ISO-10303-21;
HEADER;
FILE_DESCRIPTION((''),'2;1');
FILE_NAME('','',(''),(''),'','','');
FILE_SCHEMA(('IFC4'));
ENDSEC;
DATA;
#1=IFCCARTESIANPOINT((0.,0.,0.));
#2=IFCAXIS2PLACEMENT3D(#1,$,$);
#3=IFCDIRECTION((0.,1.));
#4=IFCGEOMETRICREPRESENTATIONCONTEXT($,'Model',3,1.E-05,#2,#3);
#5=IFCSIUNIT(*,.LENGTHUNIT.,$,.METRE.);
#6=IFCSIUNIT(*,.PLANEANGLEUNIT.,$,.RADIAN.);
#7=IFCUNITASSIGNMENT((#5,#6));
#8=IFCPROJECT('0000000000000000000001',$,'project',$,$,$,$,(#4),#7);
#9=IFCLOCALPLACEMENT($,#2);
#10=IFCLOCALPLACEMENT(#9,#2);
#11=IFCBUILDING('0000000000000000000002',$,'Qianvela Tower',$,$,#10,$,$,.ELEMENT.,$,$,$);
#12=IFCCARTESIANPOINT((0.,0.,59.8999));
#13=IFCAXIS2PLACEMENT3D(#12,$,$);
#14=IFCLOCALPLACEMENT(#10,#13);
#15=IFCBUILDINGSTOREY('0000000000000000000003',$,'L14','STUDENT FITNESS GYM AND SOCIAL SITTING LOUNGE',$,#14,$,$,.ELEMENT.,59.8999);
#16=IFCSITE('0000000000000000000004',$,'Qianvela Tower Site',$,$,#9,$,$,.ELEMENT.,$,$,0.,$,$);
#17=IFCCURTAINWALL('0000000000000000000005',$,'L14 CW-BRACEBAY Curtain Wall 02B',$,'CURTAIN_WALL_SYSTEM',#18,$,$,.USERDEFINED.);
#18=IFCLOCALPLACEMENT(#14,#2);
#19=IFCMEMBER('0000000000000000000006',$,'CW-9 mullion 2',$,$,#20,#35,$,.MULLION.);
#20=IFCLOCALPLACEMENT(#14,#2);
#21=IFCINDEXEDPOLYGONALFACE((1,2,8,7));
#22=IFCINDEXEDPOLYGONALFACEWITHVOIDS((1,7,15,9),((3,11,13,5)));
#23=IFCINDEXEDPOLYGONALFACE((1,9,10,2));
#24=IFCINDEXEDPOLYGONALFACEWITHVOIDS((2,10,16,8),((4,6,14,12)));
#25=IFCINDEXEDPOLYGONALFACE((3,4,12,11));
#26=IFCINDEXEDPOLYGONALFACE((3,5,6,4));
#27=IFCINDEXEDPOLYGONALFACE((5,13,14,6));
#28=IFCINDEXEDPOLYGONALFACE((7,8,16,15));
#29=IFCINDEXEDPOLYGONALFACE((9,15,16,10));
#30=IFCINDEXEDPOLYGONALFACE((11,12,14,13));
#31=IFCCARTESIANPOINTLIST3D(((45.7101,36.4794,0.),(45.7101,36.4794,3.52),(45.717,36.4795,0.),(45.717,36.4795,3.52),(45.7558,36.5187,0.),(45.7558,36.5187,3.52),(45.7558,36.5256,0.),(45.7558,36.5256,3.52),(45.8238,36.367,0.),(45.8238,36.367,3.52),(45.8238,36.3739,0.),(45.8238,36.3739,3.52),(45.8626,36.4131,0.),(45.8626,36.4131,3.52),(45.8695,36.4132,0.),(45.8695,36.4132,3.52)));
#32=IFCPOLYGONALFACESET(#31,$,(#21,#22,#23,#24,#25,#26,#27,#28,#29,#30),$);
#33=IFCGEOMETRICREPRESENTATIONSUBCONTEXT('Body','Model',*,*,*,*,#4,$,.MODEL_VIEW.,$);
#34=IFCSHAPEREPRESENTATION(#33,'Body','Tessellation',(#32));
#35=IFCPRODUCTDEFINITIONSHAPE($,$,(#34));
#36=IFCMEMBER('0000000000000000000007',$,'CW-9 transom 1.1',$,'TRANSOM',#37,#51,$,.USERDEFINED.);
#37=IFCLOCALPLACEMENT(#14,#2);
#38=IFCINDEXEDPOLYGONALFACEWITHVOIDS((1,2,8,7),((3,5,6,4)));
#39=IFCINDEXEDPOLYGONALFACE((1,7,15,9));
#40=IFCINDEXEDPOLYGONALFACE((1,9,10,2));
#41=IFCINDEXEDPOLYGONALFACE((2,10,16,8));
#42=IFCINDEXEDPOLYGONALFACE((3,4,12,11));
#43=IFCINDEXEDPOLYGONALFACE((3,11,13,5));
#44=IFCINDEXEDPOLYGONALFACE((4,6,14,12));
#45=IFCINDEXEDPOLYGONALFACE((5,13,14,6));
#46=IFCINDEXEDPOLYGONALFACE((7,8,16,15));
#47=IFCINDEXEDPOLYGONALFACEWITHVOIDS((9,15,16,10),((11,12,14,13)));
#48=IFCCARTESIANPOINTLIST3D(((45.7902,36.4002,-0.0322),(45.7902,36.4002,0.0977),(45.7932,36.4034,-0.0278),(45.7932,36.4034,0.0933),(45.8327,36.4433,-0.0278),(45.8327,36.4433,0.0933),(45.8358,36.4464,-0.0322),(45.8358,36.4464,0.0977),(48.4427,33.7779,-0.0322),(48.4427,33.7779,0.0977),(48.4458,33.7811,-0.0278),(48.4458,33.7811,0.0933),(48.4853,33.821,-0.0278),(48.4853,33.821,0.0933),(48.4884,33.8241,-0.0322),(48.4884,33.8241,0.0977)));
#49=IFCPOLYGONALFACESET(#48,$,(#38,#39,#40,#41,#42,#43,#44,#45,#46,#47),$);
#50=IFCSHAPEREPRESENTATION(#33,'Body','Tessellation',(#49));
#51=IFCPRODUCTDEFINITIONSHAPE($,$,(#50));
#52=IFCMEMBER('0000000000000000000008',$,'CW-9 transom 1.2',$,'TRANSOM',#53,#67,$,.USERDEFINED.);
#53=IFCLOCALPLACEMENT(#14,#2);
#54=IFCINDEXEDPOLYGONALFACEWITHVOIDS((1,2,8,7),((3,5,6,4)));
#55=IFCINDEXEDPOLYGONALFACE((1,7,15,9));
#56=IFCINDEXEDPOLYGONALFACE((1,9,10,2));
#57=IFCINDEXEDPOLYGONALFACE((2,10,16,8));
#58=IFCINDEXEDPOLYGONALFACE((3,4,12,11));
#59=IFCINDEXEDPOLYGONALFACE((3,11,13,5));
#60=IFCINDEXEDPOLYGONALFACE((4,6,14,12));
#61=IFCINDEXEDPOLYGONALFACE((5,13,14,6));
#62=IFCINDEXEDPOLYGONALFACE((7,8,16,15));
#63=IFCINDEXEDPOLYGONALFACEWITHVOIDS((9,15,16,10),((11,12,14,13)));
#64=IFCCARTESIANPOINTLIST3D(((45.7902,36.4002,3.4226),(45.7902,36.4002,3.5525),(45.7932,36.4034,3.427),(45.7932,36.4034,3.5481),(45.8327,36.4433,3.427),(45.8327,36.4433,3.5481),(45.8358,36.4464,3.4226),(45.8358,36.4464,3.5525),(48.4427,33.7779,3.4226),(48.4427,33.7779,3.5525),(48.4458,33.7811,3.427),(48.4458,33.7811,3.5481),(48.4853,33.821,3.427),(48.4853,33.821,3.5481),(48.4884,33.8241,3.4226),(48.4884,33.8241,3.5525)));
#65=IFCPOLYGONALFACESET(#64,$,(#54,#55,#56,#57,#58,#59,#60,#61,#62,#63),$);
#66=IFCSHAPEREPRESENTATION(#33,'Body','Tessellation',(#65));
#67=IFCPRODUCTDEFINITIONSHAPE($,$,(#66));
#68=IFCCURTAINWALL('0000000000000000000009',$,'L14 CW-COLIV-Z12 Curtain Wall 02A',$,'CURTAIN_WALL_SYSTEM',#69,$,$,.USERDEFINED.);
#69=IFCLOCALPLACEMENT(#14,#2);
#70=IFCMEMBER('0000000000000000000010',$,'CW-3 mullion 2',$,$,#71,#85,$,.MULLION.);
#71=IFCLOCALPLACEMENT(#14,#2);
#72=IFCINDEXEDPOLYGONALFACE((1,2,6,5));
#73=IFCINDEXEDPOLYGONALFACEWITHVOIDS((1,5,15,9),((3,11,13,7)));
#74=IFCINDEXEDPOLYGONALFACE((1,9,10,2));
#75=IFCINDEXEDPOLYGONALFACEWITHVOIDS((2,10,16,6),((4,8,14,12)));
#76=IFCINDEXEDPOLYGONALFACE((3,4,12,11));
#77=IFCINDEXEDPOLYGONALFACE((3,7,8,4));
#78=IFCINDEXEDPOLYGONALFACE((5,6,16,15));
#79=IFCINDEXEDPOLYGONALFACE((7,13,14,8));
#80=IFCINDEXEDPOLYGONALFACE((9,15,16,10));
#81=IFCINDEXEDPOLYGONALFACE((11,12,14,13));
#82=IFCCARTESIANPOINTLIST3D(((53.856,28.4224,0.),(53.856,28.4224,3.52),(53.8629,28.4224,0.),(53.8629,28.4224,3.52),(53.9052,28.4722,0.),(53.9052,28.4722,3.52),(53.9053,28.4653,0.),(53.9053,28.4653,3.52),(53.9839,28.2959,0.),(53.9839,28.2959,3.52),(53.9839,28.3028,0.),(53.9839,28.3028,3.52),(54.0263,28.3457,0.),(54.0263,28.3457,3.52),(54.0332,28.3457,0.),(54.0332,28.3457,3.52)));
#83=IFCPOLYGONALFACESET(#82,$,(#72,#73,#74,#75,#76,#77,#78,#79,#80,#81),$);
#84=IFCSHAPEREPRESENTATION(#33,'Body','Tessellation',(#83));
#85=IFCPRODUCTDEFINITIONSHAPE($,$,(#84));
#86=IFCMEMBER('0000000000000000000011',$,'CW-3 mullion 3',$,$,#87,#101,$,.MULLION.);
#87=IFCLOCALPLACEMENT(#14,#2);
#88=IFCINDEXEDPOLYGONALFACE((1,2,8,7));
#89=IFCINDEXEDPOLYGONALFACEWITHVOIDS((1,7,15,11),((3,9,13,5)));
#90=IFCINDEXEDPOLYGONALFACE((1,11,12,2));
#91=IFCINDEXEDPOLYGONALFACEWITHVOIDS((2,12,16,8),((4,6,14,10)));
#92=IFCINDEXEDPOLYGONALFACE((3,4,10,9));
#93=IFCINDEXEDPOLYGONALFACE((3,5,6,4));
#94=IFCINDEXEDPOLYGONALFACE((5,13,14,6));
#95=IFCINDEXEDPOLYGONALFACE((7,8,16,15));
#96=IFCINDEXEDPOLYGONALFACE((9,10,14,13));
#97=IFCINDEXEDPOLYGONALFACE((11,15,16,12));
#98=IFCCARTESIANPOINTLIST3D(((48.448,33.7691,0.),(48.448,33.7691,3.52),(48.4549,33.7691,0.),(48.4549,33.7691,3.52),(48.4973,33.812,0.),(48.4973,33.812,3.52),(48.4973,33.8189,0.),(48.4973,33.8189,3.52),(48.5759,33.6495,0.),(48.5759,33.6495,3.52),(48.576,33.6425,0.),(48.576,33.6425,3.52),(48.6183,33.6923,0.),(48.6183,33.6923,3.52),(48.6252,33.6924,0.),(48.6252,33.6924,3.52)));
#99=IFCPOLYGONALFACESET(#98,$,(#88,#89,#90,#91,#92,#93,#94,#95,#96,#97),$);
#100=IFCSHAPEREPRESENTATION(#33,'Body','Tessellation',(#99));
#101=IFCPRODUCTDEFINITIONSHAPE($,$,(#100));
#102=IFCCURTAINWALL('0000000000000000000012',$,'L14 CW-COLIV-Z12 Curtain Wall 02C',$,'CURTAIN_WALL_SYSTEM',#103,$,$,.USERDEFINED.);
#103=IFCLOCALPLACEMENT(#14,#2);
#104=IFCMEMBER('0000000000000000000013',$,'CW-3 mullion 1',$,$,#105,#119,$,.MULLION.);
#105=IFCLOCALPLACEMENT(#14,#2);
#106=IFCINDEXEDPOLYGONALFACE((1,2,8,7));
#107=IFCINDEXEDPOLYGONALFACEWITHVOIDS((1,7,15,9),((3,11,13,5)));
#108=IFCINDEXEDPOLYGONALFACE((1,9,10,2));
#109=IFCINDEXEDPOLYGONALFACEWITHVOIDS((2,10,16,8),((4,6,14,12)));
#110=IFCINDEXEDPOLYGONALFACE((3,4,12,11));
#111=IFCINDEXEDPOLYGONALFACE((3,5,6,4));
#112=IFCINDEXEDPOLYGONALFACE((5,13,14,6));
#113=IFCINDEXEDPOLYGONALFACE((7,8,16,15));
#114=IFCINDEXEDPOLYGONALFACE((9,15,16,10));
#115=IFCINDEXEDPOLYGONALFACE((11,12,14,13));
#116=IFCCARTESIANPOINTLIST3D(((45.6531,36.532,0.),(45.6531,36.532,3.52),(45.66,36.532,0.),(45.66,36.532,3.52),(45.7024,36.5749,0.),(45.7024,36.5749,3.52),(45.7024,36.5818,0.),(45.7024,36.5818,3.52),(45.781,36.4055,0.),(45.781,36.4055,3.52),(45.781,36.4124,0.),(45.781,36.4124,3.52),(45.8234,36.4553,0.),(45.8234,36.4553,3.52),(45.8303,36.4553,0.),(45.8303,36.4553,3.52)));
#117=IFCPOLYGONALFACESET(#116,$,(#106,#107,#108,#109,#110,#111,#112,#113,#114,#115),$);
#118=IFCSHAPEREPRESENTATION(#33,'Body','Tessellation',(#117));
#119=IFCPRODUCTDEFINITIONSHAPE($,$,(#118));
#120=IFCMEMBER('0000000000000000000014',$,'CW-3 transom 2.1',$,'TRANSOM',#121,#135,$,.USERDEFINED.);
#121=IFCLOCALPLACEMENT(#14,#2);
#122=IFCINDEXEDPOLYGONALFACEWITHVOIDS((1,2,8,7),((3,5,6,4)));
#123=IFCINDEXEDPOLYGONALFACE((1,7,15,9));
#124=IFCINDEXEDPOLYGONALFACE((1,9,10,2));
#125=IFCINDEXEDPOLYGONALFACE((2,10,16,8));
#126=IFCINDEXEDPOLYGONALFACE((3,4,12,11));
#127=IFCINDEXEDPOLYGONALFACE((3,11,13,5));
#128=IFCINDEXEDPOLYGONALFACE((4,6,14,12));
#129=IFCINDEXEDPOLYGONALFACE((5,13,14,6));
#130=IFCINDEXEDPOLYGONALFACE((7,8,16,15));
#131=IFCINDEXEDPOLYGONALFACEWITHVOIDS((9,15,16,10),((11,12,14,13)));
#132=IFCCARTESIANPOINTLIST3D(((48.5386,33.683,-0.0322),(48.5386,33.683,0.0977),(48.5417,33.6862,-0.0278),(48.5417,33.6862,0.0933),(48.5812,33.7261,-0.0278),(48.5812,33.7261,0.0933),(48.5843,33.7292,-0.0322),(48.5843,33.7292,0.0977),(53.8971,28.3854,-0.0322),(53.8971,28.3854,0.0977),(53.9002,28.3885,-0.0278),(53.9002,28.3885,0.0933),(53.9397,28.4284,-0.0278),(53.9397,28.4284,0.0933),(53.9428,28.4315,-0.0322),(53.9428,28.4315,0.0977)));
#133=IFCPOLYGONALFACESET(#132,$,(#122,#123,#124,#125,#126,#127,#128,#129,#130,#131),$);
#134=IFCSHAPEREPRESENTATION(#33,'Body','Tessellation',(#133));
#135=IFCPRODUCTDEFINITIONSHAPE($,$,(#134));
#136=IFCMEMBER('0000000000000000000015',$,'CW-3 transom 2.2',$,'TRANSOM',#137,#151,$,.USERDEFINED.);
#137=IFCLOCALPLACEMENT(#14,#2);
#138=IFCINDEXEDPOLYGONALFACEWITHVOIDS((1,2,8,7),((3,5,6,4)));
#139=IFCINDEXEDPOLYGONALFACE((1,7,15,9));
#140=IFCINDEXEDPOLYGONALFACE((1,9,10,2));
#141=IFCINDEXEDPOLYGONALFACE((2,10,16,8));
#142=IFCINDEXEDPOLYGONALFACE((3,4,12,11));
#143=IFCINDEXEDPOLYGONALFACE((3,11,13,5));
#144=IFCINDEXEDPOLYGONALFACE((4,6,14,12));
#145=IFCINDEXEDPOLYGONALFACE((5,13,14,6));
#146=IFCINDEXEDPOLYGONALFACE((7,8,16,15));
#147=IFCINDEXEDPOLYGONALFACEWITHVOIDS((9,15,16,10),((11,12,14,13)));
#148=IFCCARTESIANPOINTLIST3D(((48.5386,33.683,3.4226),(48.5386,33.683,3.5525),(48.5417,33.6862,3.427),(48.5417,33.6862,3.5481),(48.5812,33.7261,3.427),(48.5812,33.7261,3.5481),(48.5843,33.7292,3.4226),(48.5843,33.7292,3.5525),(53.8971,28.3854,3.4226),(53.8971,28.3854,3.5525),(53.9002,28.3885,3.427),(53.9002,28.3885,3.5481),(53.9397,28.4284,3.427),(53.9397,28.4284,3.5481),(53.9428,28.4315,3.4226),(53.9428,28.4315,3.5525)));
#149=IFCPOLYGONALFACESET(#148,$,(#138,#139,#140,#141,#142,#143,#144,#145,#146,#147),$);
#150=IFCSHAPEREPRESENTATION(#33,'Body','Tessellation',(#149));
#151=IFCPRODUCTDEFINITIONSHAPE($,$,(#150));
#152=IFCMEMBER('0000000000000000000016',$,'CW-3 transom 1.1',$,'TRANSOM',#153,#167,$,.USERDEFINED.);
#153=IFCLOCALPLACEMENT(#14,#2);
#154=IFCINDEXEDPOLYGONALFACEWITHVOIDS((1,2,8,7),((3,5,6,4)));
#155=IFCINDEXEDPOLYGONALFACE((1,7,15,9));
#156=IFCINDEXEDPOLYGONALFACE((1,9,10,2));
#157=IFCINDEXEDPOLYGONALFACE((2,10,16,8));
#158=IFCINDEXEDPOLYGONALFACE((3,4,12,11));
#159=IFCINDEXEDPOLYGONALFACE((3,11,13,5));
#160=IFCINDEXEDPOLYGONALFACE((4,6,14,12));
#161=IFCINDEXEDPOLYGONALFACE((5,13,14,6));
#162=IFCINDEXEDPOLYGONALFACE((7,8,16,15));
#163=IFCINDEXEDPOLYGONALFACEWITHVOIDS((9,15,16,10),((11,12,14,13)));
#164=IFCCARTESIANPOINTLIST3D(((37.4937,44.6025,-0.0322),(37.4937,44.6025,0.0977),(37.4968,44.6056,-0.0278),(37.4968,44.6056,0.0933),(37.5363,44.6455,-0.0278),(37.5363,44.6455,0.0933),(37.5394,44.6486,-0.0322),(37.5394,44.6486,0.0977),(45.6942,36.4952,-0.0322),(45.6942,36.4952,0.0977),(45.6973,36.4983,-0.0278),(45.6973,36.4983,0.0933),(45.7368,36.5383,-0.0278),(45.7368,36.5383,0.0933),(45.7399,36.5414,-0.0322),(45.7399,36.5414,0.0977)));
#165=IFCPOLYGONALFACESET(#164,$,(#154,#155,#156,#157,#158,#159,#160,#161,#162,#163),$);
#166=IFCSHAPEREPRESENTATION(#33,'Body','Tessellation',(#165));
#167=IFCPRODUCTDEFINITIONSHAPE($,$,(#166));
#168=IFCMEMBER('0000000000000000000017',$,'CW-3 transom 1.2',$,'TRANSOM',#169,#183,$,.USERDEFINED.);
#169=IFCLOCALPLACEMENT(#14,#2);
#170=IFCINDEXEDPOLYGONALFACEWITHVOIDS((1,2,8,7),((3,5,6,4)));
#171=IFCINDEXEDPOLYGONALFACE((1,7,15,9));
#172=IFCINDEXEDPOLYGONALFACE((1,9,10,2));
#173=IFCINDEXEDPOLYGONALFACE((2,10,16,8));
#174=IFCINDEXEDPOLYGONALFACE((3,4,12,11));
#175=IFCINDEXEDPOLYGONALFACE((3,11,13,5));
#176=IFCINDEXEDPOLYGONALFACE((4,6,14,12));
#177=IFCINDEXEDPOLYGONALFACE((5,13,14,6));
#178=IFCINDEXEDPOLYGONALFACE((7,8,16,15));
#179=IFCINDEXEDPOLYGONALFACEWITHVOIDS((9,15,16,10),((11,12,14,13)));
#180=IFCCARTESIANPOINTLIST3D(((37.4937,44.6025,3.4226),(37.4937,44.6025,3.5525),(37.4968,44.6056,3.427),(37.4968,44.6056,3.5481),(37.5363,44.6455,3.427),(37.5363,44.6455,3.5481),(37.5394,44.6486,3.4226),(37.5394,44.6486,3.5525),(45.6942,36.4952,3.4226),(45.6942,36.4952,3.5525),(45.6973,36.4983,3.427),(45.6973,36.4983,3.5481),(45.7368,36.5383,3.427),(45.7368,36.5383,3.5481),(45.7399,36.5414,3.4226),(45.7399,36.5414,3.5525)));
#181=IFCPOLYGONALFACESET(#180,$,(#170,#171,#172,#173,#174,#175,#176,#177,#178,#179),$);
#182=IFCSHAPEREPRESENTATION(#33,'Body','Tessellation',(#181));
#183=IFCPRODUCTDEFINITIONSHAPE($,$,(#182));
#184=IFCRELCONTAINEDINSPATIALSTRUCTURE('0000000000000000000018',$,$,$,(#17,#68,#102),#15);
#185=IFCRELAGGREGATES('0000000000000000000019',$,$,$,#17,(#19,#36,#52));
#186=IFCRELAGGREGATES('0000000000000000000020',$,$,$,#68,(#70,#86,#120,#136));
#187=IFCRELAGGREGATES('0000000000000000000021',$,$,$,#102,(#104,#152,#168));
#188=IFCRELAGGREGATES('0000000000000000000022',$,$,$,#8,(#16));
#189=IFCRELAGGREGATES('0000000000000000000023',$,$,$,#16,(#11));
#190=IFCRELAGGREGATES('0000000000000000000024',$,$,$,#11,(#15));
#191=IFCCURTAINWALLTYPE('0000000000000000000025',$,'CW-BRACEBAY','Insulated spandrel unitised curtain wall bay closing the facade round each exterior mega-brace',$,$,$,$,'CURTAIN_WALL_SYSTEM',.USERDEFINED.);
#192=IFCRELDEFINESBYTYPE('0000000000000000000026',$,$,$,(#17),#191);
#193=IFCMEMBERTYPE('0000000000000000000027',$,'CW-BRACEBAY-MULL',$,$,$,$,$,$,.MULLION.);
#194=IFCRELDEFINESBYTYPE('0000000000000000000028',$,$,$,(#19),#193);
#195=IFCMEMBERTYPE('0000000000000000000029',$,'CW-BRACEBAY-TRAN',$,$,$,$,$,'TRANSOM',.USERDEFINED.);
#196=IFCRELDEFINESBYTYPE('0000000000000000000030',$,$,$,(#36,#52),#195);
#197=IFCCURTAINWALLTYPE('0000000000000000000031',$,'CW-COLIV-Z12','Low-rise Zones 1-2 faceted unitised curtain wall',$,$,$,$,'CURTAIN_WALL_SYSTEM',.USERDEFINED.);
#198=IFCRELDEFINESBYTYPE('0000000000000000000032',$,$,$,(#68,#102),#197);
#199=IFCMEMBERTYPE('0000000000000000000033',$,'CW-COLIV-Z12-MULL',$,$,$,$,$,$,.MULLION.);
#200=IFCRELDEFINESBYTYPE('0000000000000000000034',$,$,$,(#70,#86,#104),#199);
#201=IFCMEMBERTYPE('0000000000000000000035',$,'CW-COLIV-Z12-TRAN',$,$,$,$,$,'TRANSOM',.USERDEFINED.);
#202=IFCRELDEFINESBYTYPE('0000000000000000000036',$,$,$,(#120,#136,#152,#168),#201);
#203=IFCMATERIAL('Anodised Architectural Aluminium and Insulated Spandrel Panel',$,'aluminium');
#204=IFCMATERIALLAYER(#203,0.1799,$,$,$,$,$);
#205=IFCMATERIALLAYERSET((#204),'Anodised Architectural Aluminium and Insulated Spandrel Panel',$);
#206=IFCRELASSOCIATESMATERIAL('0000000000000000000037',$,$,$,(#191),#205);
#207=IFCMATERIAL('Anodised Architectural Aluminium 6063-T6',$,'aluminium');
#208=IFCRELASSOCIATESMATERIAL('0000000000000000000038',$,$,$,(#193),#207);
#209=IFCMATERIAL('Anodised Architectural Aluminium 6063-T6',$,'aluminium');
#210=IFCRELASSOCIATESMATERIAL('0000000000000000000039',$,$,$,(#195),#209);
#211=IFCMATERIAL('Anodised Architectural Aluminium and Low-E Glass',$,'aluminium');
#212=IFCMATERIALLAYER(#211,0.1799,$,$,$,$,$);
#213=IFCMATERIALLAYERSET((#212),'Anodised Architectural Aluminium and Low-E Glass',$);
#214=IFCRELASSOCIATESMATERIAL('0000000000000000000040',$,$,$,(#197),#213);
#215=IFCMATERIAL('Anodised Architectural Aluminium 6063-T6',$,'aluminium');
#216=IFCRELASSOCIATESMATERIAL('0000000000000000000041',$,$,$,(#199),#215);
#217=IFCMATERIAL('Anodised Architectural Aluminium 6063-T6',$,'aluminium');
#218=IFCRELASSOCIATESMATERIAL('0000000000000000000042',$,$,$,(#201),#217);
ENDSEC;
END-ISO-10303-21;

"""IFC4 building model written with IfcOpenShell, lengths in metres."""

from ifc_helpers import new_model, si_unit, direction, frame, origin, origin_2d, place, context, subcontext, project, spatial, hollow_rectangle, extrude, material, layer, layer_set, material_profile, profile_set, type_object, element, aggregate, save


model = new_model("IFC4")

# Units and contexts
model_context = context("Model", 3, precision=1e-05, world=origin(), true_north=direction((0.0, 1.0)))
body_context = subcontext(model_context, "Body", "Model", "MODEL_VIEW")
ifc_project = project(units=[si_unit("LENGTHUNIT", "METRE"), si_unit("PLANEANGLEUNIT", "RADIAN")], contexts=[model_context])

# Site, building, storey
site_placement = place(None, origin())
site = spatial("IfcSite", under=ifc_project, at=site_placement, Name="Qianvela Tower Site", CompositionType="ELEMENT", RefElevation=0.0)
building_placement = place(site_placement, origin())
building = spatial("IfcBuilding", under=site, at=building_placement, Name="Qianvela Tower", CompositionType="ELEMENT")
storey_placement = place(building_placement, frame((0.0, 0.0, 59.8999)))
storey = spatial("IfcBuildingStorey", under=building, at=storey_placement, Name="L14", Description="STUDENT FITNESS GYM AND SOCIAL SITTING LOUNGE", CompositionType="ELEMENT", Elevation=59.8999)

# Curtain walls, members
ifc_material_1 = material(Name="Anodised Architectural Aluminium and Insulated Spandrel Panel", Category="aluminium")
ifc_layer_1 = layer(ifc_material_1, 0.1799)
ifc_layer_set_1 = layer_set([ifc_layer_1], Name="Anodised Architectural Aluminium and Insulated Spandrel Panel")
curtain_wall_type_1 = type_object("IfcCurtainWallType", Name="CW-BRACEBAY", Description="Insulated spandrel unitised curtain wall bay closing the facade round each exterior mega-brace", ElementType="CURTAIN_WALL_SYSTEM", PredefinedType="USERDEFINED", material=ifc_layer_set_1)
curtain_wall_1_placement = place(storey_placement, origin())
curtain_wall_1 = element("IfcCurtainWall", 1, at=curtain_wall_1_placement, inside=storey, type_object=curtain_wall_type_1, Name="L14 CW-BRACEBAY Curtain Wall 02B", ObjectType="CURTAIN_WALL_SYSTEM", PredefinedType="USERDEFINED")
ifc_material_2 = material(Name="Anodised Architectural Aluminium 6063-T6", Category="aluminium")
ifc_material_profile_1 = material_profile(ifc_material_2, hollow_rectangle(XDim=0.0649, YDim=0.1599, WallThickness=0.0049, at=origin_2d()), Name="ALU-MULL-65x160")
ifc_profile_set_1 = profile_set([ifc_material_profile_1], Name="Anodised Architectural Aluminium 6063-T6")
member_type_1 = type_object("IfcMemberType", Name="CW-BRACEBAY-MULL", PredefinedType="MULLION", material=ifc_profile_set_1)
member_1_placement = place(storey_placement, frame((45.7898, 36.4463, 0.0), z_axis=(0.0, 0.0, 1.0), x_axis=(-0.703054, -0.711137, 0.0)))
member_1 = element("IfcMember", 2, at=member_1_placement, type_object=member_type_1, Name="CW-9 mullion 2", PredefinedType="MULLION", context=body_context, shape_type="SweptSolid", body=[
    extrude(hollow_rectangle(XDim=0.0649, YDim=0.1599, WallThickness=0.0049, at=origin_2d()), origin(), (0.0, 0.0, 1.0), 3.52),
])
ifc_material_3 = material(Name="Anodised Architectural Aluminium 6063-T6", Category="aluminium")
ifc_material_profile_2 = material_profile(ifc_material_3, hollow_rectangle(XDim=0.0649, YDim=0.1299, WallThickness=0.0044, at=origin_2d()), Name="ALU-TRAN-65x130")
ifc_profile_set_2 = profile_set([ifc_material_profile_2], Name="Anodised Architectural Aluminium 6063-T6")
member_type_2 = type_object("IfcMemberType", Name="CW-BRACEBAY-TRAN", ElementType="TRANSOM", PredefinedType="USERDEFINED", material=ifc_profile_set_2)
member_2_placement = place(storey_placement, frame((48.4656, 33.801, 0.0327), z_axis=(-0.711153, 0.703037, 0.0), x_axis=(-0.703037, -0.711153, 0.0)))
member_2 = element("IfcMember", 3, at=member_2_placement, type_object=member_type_2, Name="CW-9 transom 1.1", ObjectType="TRANSOM", PredefinedType="USERDEFINED", context=body_context, shape_type="SweptSolid", body=[
    extrude(hollow_rectangle(XDim=0.0649, YDim=0.1299, WallThickness=0.0044, at=origin_2d()), origin(), (0.0, 0.0, 1.0), 3.73),
])
member_3_placement = place(storey_placement, frame((48.4656, 33.801, 3.4875), z_axis=(-0.711153, 0.703037, 0.0), x_axis=(-0.703037, -0.711153, 0.0)))
member_3 = element("IfcMember", 4, at=member_3_placement, type_object=member_type_2, Name="CW-9 transom 1.2", ObjectType="TRANSOM", PredefinedType="USERDEFINED", context=body_context, shape_type="SweptSolid", body=[
    extrude(hollow_rectangle(XDim=0.0649, YDim=0.1299, WallThickness=0.0044, at=origin_2d()), origin(), (0.0, 0.0, 1.0), 3.73),
])
ifc_material_4 = material(Name="Anodised Architectural Aluminium and Low-E Glass", Category="aluminium")
ifc_layer_2 = layer(ifc_material_4, 0.1799)
ifc_layer_set_2 = layer_set([ifc_layer_2], Name="Anodised Architectural Aluminium and Low-E Glass")
curtain_wall_type_2 = type_object("IfcCurtainWallType", Name="CW-COLIV-Z12", Description="Low-rise Zones 1-2 faceted unitised curtain wall", ElementType="CURTAIN_WALL_SYSTEM", PredefinedType="USERDEFINED", material=ifc_layer_set_2)
curtain_wall_2_placement = place(storey_placement, origin())
curtain_wall_2 = element("IfcCurtainWall", 5, at=curtain_wall_2_placement, inside=storey, type_object=curtain_wall_type_2, Name="L14 CW-COLIV-Z12 Curtain Wall 02A", ObjectType="CURTAIN_WALL_SYSTEM", PredefinedType="USERDEFINED")
ifc_material_5 = material(Name="Anodised Architectural Aluminium 6063-T6", Category="aluminium")
ifc_material_profile_3 = material_profile(ifc_material_5, hollow_rectangle(XDim=0.0701, YDim=0.1799, WallThickness=0.0049, at=origin_2d()), Name="ALU-MULL-70x180")
ifc_profile_set_3 = profile_set([ifc_material_profile_3], Name="Anodised Architectural Aluminium 6063-T6")
member_type_3 = type_object("IfcMemberType", Name="CW-COLIV-Z12-MULL", PredefinedType="MULLION", material=ifc_profile_set_3)
member_4_placement = place(storey_placement, frame((53.9446, 28.384, 0.0), z_axis=(0.0, 0.0, 1.0), x_axis=(-0.703061, -0.71113, 0.0)))
member_4 = element("IfcMember", 6, at=member_4_placement, type_object=member_type_3, Name="CW-3 mullion 2", PredefinedType="MULLION", context=body_context, shape_type="SweptSolid", body=[
    extrude(hollow_rectangle(XDim=0.0701, YDim=0.1799, WallThickness=0.0049, at=origin_2d()), origin(), (0.0, 0.0, 1.0), 3.52),
])
member_5_placement = place(storey_placement, frame((48.5366, 33.7307, 0.0), z_axis=(0.0, 0.0, 1.0), x_axis=(-0.703061, -0.71113, 0.0)))
member_5 = element("IfcMember", 7, at=member_5_placement, type_object=member_type_3, Name="CW-3 mullion 3", PredefinedType="MULLION", context=body_context, shape_type="SweptSolid", body=[
    extrude(hollow_rectangle(XDim=0.0701, YDim=0.1799, WallThickness=0.0049, at=origin_2d()), origin(), (0.0, 0.0, 1.0), 3.52),
])

# Curtain wall, member
curtain_wall_3_placement = place(storey_placement, origin())
curtain_wall_3 = element("IfcCurtainWall", 8, at=curtain_wall_3_placement, inside=storey, type_object=curtain_wall_type_2, Name="L14 CW-COLIV-Z12 Curtain Wall 02C", ObjectType="CURTAIN_WALL_SYSTEM", PredefinedType="USERDEFINED")
member_6_placement = place(storey_placement, frame((45.7417, 36.4937, 0.0), z_axis=(0.0, 0.0, 1.0), x_axis=(-0.70306, -0.711131, 0.0)))
member_6 = element("IfcMember", 9, at=member_6_placement, type_object=member_type_3, Name="CW-3 mullion 1", PredefinedType="MULLION", context=body_context, shape_type="SweptSolid", body=[
    extrude(hollow_rectangle(XDim=0.0701, YDim=0.1799, WallThickness=0.0049, at=origin_2d()), origin(), (0.0, 0.0, 1.0), 3.52),
])

# Members
ifc_material_6 = material(Name="Anodised Architectural Aluminium 6063-T6", Category="aluminium")
ifc_material_profile_4 = material_profile(ifc_material_6, hollow_rectangle(XDim=0.0649, YDim=0.1299, WallThickness=0.0044, at=origin_2d()), Name="ALU-TRAN-65x130")
ifc_profile_set_4 = profile_set([ifc_material_profile_4], Name="Anodised Architectural Aluminium 6063-T6")
member_type_4 = type_object("IfcMemberType", Name="CW-COLIV-Z12-TRAN", ElementType="TRANSOM", PredefinedType="USERDEFINED", material=ifc_profile_set_4)
member_7_placement = place(storey_placement, frame((53.9199, 28.4084, 0.0327), z_axis=(-0.711129, 0.703061, 0.0), x_axis=(-0.703061, -0.711129, 0.0)))
member_7 = element("IfcMember", 10, at=member_7_placement, type_object=member_type_4, Name="CW-3 transom 2.1", ObjectType="TRANSOM", PredefinedType="USERDEFINED", context=body_context, shape_type="SweptSolid", body=[
    extrude(hollow_rectangle(XDim=0.0649, YDim=0.1299, WallThickness=0.0044, at=origin_2d()), origin(), (0.0, 0.0, 1.0), 7.5352),
])
member_8_placement = place(storey_placement, frame((53.9199, 28.4084, 3.4875), z_axis=(-0.711129, 0.703061, 0.0), x_axis=(-0.703061, -0.711129, 0.0)))
member_8 = element("IfcMember", 11, at=member_8_placement, type_object=member_type_4, Name="CW-3 transom 2.2", ObjectType="TRANSOM", PredefinedType="USERDEFINED", context=body_context, shape_type="SweptSolid", body=[
    extrude(hollow_rectangle(XDim=0.0649, YDim=0.1299, WallThickness=0.0044, at=origin_2d()), origin(), (0.0, 0.0, 1.0), 7.5352),
])
member_9_placement = place(storey_placement, frame((45.717, 36.5183, 0.0327), z_axis=(-0.711139, 0.703051, 0.0), x_axis=(-0.703051, -0.711139, 0.0)))
member_9 = element("IfcMember", 12, at=member_9_placement, type_object=member_type_4, Name="CW-3 transom 1.1", ObjectType="TRANSOM", PredefinedType="USERDEFINED", context=body_context, shape_type="SweptSolid", body=[
    extrude(hollow_rectangle(XDim=0.0649, YDim=0.1299, WallThickness=0.0044, at=origin_2d()), origin(), (0.0, 0.0, 1.0), 11.5315),
])
member_10_placement = place(storey_placement, frame((45.717, 36.5183, 3.4875), z_axis=(-0.711139, 0.703051, 0.0), x_axis=(-0.703051, -0.711139, 0.0)))
member_10 = element("IfcMember", 13, at=member_10_placement, type_object=member_type_4, Name="CW-3 transom 1.2", ObjectType="TRANSOM", PredefinedType="USERDEFINED", context=body_context, shape_type="SweptSolid", body=[
    extrude(hollow_rectangle(XDim=0.0649, YDim=0.1299, WallThickness=0.0044, at=origin_2d()), origin(), (0.0, 0.0, 1.0), 11.5315),
])

aggregate(curtain_wall_1, [member_1, member_2, member_3])
aggregate(curtain_wall_2, [member_4, member_5, member_7, member_8])
aggregate(curtain_wall_3, [member_6, member_9, member_10])

save(model, "model.ifc")
